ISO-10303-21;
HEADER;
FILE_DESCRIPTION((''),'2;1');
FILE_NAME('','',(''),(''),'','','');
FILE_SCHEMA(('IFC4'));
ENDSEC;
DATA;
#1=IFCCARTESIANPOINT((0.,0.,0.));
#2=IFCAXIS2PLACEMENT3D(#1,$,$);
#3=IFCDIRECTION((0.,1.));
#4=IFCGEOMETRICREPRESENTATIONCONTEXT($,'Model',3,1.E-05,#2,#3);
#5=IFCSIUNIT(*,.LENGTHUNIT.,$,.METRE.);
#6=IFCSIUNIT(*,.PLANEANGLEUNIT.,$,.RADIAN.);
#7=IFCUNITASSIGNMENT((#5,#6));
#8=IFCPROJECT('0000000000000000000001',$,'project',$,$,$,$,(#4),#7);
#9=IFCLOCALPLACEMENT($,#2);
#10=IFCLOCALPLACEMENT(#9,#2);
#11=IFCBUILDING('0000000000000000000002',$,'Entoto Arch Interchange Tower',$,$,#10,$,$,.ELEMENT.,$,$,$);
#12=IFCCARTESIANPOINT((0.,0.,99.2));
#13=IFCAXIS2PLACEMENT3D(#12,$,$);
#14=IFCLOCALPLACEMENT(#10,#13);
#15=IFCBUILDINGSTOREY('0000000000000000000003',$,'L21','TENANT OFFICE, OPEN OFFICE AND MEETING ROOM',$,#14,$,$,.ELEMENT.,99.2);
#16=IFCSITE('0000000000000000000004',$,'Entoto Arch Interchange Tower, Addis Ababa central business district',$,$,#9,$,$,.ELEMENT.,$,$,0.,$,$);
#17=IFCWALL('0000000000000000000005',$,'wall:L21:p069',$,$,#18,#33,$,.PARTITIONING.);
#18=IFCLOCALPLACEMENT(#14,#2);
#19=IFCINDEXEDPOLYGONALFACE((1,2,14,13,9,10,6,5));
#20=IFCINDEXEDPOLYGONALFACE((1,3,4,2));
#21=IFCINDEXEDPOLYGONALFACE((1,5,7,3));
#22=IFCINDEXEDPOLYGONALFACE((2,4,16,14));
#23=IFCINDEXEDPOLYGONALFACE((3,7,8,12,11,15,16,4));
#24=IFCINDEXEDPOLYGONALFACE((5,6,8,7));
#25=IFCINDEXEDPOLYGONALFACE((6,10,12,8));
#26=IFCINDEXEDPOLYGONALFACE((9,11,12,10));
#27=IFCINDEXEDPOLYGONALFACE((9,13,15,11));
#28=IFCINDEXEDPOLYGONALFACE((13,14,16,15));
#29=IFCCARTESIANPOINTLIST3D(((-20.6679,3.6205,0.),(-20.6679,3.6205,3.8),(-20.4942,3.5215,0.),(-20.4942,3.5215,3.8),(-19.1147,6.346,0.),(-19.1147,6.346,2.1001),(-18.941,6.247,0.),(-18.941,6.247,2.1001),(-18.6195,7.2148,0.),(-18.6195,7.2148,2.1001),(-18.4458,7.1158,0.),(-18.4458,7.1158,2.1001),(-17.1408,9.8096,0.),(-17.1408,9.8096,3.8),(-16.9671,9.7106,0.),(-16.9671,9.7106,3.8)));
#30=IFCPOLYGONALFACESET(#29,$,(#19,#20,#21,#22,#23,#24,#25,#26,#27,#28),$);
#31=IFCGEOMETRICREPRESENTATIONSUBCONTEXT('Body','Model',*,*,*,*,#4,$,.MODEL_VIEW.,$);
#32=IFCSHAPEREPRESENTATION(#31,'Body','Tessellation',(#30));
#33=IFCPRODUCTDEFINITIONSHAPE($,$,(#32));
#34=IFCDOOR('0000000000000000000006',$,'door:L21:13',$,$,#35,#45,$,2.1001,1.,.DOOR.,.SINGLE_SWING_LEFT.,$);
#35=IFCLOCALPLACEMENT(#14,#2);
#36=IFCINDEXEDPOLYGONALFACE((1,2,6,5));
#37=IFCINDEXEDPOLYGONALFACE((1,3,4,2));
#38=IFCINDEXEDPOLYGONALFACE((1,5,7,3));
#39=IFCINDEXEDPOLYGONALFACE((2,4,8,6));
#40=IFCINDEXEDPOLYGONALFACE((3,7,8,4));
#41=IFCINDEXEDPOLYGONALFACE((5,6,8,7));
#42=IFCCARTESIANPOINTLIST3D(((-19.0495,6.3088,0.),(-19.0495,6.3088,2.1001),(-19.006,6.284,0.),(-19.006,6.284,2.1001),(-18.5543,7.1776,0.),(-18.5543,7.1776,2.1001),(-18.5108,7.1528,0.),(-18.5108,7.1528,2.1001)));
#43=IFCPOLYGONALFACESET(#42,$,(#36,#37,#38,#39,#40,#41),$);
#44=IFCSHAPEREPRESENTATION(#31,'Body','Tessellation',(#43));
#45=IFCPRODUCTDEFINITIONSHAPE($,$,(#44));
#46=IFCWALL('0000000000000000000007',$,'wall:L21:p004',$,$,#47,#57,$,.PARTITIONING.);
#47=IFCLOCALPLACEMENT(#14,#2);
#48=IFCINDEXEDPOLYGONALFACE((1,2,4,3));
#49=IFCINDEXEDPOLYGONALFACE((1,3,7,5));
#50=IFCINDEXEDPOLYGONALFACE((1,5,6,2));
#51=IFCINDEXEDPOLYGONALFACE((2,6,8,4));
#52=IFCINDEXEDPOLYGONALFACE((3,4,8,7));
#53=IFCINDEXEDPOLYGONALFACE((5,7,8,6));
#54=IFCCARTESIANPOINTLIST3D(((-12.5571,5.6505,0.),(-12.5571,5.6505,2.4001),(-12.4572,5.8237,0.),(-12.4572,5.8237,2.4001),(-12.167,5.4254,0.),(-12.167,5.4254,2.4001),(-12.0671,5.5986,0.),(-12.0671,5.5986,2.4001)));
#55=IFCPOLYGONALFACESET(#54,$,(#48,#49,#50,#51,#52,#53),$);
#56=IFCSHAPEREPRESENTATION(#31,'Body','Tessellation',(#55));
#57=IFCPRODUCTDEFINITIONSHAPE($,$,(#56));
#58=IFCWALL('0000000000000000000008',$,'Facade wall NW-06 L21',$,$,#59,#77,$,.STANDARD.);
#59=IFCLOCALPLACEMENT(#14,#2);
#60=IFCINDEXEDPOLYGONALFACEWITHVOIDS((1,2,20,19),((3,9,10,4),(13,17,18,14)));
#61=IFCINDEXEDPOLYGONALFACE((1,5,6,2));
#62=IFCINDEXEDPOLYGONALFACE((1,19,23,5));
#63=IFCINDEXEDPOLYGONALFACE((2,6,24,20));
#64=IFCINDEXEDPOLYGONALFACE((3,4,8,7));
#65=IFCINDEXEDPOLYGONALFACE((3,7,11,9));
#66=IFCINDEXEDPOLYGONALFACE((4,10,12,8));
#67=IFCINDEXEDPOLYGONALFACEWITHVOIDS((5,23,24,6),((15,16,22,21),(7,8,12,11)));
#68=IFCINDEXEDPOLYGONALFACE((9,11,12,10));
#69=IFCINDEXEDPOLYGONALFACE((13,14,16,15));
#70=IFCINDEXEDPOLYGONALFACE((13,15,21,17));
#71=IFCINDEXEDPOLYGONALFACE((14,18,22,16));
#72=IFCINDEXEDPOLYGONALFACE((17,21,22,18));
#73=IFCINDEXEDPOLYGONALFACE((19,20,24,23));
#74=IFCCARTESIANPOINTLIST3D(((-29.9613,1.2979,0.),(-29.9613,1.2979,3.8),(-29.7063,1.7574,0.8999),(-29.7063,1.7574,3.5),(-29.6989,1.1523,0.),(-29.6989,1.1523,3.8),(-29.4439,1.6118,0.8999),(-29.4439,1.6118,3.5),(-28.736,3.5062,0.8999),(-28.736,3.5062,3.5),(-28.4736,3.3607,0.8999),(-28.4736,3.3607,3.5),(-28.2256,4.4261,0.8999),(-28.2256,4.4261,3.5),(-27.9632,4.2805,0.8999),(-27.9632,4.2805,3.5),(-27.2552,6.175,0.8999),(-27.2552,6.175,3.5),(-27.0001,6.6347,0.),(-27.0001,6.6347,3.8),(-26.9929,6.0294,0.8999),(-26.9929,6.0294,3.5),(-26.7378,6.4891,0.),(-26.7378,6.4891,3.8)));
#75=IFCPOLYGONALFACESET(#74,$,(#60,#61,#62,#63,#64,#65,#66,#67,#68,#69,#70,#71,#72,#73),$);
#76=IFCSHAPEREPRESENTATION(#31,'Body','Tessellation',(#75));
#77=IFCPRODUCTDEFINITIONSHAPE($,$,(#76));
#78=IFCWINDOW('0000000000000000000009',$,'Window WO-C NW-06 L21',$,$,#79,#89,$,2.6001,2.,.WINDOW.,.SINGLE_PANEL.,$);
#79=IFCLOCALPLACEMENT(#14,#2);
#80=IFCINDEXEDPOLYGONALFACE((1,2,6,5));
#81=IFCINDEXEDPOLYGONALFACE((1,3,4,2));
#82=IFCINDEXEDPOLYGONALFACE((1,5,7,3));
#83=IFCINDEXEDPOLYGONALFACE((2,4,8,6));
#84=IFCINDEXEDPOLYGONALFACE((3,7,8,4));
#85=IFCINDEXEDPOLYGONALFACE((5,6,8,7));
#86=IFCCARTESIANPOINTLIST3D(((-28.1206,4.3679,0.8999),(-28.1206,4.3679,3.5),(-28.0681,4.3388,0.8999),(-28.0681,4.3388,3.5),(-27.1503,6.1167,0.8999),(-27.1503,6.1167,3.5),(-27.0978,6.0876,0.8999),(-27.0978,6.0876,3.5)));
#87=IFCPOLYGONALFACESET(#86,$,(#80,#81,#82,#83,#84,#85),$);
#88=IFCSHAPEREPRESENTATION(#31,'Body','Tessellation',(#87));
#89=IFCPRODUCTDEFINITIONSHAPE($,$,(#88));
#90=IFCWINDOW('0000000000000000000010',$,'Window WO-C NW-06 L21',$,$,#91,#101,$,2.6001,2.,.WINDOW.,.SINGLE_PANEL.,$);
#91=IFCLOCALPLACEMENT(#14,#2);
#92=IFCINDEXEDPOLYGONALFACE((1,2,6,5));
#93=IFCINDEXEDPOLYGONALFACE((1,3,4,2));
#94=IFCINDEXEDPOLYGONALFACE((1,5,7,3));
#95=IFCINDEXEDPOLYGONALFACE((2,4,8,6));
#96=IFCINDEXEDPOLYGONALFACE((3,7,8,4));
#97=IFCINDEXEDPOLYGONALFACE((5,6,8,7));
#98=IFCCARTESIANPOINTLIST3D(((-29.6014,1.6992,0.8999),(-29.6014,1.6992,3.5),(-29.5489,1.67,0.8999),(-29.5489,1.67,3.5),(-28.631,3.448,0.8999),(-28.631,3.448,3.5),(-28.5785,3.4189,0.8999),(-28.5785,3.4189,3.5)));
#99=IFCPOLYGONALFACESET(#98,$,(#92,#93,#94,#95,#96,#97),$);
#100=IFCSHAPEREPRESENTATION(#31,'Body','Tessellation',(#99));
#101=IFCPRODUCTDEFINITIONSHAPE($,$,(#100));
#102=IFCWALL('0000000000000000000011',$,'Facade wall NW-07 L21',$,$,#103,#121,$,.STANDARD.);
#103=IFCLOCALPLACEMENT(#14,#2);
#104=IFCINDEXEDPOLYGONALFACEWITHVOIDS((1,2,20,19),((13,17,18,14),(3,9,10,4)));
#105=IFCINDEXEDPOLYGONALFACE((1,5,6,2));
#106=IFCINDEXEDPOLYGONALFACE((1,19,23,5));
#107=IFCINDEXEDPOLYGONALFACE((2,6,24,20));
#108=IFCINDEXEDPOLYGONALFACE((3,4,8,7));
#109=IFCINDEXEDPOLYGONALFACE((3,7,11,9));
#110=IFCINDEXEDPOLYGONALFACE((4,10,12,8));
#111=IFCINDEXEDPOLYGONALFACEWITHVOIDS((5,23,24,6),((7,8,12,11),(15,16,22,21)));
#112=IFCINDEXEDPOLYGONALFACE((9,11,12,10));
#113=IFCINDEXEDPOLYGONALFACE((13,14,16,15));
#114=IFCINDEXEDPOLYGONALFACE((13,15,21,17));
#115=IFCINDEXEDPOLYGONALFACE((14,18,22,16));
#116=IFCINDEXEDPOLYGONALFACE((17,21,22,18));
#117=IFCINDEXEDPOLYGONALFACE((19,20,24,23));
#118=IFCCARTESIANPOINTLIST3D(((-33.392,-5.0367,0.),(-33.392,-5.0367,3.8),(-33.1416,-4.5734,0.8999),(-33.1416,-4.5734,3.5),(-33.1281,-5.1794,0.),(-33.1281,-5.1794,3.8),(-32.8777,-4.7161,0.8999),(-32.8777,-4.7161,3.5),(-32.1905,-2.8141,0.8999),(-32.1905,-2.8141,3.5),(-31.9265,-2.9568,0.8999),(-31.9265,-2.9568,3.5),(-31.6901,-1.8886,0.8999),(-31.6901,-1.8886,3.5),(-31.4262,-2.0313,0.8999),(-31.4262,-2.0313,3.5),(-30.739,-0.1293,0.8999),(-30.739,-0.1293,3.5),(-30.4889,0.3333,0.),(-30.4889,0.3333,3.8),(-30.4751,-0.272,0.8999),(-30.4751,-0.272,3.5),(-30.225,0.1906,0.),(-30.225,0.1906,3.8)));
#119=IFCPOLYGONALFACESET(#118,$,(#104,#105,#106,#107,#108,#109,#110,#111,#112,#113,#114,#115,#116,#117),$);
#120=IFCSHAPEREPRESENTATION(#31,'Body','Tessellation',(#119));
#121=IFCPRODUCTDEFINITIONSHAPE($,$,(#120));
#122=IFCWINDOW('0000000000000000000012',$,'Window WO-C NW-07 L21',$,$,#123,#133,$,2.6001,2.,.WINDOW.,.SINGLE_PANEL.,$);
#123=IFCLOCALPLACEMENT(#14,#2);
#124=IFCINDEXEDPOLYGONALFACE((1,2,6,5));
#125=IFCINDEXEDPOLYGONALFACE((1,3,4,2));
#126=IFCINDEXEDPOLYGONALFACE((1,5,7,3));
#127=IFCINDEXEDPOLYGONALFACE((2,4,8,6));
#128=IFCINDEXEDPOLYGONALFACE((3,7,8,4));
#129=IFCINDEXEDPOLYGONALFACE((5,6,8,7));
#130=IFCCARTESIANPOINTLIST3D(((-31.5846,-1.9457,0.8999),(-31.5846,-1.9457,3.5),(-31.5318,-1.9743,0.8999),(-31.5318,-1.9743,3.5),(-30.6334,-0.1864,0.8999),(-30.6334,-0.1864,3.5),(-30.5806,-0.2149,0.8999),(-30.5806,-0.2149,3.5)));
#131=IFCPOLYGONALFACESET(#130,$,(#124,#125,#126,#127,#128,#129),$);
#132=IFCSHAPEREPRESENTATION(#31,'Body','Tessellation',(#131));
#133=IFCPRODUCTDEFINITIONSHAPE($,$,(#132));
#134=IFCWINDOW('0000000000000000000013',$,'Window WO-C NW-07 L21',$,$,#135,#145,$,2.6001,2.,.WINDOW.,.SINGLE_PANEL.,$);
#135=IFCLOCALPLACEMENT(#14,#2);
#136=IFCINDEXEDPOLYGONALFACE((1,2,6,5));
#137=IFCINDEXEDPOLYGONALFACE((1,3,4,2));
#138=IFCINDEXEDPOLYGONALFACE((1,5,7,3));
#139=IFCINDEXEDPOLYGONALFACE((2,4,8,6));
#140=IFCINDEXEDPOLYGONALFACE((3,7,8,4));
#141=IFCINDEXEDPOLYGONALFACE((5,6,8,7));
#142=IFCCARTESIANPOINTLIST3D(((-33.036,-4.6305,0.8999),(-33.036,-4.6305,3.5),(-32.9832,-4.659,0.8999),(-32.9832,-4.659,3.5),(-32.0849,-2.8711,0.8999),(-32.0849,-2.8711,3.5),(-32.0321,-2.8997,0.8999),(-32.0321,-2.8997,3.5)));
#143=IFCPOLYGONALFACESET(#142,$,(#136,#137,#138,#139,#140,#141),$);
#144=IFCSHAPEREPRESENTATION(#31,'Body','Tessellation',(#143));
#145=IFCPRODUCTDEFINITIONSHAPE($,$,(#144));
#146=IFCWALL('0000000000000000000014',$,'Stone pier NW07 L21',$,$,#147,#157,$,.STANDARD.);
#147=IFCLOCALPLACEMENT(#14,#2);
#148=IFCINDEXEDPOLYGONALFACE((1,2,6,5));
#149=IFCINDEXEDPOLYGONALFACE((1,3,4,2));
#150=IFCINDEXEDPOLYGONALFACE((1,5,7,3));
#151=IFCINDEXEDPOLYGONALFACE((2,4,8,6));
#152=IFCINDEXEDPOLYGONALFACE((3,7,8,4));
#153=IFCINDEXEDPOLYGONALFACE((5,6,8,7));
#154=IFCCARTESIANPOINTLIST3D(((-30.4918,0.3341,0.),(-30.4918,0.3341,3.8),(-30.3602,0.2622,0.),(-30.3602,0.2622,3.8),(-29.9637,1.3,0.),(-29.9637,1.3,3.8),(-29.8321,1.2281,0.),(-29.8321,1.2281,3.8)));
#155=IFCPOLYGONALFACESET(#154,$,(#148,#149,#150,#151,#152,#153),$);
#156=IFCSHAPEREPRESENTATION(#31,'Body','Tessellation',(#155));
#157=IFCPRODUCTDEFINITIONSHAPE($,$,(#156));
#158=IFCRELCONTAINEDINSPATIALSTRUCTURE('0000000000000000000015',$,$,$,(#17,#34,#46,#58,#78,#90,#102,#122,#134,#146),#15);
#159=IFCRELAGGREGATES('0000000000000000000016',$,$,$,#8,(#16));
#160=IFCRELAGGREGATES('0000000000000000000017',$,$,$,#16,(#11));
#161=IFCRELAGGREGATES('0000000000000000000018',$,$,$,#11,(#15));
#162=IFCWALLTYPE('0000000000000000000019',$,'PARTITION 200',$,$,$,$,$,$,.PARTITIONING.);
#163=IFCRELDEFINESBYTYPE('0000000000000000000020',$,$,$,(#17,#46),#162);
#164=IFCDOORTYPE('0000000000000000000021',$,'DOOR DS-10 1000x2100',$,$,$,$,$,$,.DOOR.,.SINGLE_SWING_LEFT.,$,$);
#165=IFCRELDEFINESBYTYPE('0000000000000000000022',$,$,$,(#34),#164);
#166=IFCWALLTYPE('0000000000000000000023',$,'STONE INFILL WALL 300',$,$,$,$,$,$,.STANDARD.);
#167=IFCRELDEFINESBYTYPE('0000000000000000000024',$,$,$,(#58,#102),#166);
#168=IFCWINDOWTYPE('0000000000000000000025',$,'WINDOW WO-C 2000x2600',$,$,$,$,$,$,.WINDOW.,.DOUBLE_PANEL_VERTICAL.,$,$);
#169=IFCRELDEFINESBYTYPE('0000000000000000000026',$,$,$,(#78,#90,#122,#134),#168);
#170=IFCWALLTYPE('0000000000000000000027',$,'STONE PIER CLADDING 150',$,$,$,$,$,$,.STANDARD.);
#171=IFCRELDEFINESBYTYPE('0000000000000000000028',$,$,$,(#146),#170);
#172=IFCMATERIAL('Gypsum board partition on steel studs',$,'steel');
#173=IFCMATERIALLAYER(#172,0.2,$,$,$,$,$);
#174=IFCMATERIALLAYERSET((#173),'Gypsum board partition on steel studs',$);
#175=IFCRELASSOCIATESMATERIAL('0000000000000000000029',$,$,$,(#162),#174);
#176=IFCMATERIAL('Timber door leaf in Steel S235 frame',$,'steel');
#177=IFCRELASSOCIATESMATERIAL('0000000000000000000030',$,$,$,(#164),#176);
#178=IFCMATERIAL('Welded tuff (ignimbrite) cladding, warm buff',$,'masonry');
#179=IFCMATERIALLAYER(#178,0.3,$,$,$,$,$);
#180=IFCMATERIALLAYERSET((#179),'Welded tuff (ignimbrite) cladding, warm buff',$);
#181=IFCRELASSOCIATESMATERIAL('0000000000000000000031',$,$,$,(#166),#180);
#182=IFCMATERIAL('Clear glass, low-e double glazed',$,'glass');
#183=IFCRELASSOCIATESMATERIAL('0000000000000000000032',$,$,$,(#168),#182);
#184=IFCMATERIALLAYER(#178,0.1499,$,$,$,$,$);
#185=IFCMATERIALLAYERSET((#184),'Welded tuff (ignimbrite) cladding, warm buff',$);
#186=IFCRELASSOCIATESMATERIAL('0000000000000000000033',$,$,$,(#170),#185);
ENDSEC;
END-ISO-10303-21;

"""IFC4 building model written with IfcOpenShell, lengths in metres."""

from ifc_helpers import new_model, si_unit, direction, frame, frame_2d, origin, place, context, subcontext, project, spatial, rectangle, extrude, material, layer, layer_set, type_object, element, fill, save


model = new_model("IFC4")

# Units and contexts
model_context = context("Model", 3, precision=1e-05, world=origin(), true_north=direction((0.0, 1.0)))
body_context = subcontext(model_context, "Body", "Model", "MODEL_VIEW")
ifc_project = project(units=[si_unit("LENGTHUNIT", "METRE"), si_unit("PLANEANGLEUNIT", "RADIAN")], contexts=[model_context])

# Site, building, storey
site_placement = place(None, origin())
site = spatial("IfcSite", under=ifc_project, at=site_placement, Name="Entoto Arch Interchange Tower, Addis Ababa central business district", CompositionType="ELEMENT", RefElevation=0.0)
building_placement = place(site_placement, origin())
building = spatial("IfcBuilding", under=site, at=building_placement, Name="Entoto Arch Interchange Tower", CompositionType="ELEMENT")
storey_placement = place(building_placement, frame((0.0, 0.0, 99.2)))
storey = spatial("IfcBuildingStorey", under=building, at=storey_placement, Name="L21", Description="TENANT OFFICE, OPEN OFFICE AND MEETING ROOM", CompositionType="ELEMENT", Elevation=99.2)

# Shared definitions
ifc_material_1 = material(Name="Gypsum board partition on steel studs", Category="steel")
ifc_layer_1 = layer(ifc_material_1, 0.2)
ifc_layer_set_1 = layer_set([ifc_layer_1], Name="Gypsum board partition on steel studs")
wall_type_1 = type_object("IfcWallType", Name="PARTITION 200", PredefinedType="PARTITIONING", material=ifc_layer_set_1)

# Shared definitions
ifc_material_2 = material(Name="Timber door leaf in Steel S235 frame", Category="steel")
door_type = type_object("IfcDoorType", Name="DOOR DS-10 1000x2100", OperationType="SINGLE_SWING_LEFT", PredefinedType="DOOR", material=ifc_material_2)

# Wall, opening, door
wall_1_placement = place(storey_placement, frame((-20.5811, 3.571, 0.0), z_axis=(0.0, 0.0, 1.0), x_axis=(0.495138, 0.868814, 0.0)))
wall_1 = element("IfcWall", 1, at=wall_1_placement, inside=storey, type_object=wall_type_1, Name="wall:L21:p069", PredefinedType="PARTITIONING", context=body_context, shape_type="SweptSolid", body=[
    extrude(rectangle(XDim=7.1235, YDim=0.2, at=frame_2d((3.5618, 0.0))), origin(), (0.0, 0.0, 1.0), 3.8),
])
opening_1_placement = place(wall_1_placement, frame((3.137, 0.0, 0.0)))
opening_1 = element("IfcOpeningElement", 2, at=opening_1_placement, cuts=wall_1, PredefinedType="OPENING", context=body_context, shape_type="SweptSolid", body=[
    extrude(rectangle(XDim=1.0, YDim=2.1001, at=frame_2d((0.5, 1.05))), frame((0.0, 0.1099, 0.0), z_axis=(0.0, -1.0, 0.0), x_axis=(1.0, 0.0, 0.0)), (0.0, 0.0, 1.0), 0.22),
])
door_1_placement = place(opening_1_placement, origin())
door_1 = element("IfcDoor", 3, at=door_1_placement, inside=storey, type_object=door_type, Name="door:L21:13", OperationType="SINGLE_SWING_LEFT", OverallHeight=2.1001, OverallWidth=1.0, PredefinedType="DOOR", context=body_context, shape_type="SweptSolid", body=[
    extrude(rectangle(XDim=1.0, YDim=2.1001, at=frame_2d((0.5, 1.05))), frame((0.0, 0.0249, 0.0), z_axis=(0.0, -1.0, 0.0), x_axis=(1.0, 0.0, 0.0)), (0.0, 0.0, 1.0), 0.05),
])
fill(opening_1, door_1)

# Wall
wall_2_placement = place(storey_placement, frame((-12.5071, 5.7371, 0.0), z_axis=(0.0, 0.0, 1.0), x_axis=(0.866168, -0.499754, 0.0)))
element("IfcWall", 4, at=wall_2_placement, inside=storey, type_object=wall_type_1, Name="wall:L21:p004", PredefinedType="PARTITIONING", context=body_context, shape_type="SweptSolid", body=[
    extrude(rectangle(XDim=0.4504, YDim=0.2, at=frame_2d((0.2251, 0.0))), origin(), (0.0, 0.0, 1.0), 2.4001),
])

# Walls, openings, windows
ifc_material_3 = material(Name="Welded tuff (ignimbrite) cladding, warm buff", Category="masonry")
ifc_layer_2 = layer(ifc_material_3, 0.3)
ifc_layer_set_2 = layer_set([ifc_layer_2], Name="Welded tuff (ignimbrite) cladding, warm buff")
wall_type_2 = type_object("IfcWallType", Name="STONE INFILL WALL 300", PredefinedType="STANDARD", material=ifc_layer_set_2)
wall_3_placement = place(storey_placement, frame((-26.8689, 6.562, 0.0), z_axis=(0.0, 0.0, 1.0), x_axis=(-0.485171, -0.874419, 0.0)))
wall_3 = element("IfcWall", 5, at=wall_3_placement, inside=storey, type_object=wall_type_2, Name="Facade wall NW-06 L21", PredefinedType="STANDARD", context=body_context, shape_type="SweptSolid", body=[
    extrude(rectangle(XDim=6.1033, YDim=0.3, at=frame_2d((3.0518, 0.0))), origin(), (0.0, 0.0, 1.0), 3.8),
])
opening_2_placement = place(wall_3_placement, frame((0.5259, 0.0, 0.8999)))
opening_2 = element("IfcOpeningElement", 6, at=opening_2_placement, cuts=wall_3, PredefinedType="OPENING", context=body_context, shape_type="SweptSolid", body=[
    extrude(rectangle(XDim=2.0, YDim=2.6001, at=frame_2d((1.0, 1.3))), frame((0.0, 0.1602, 0.0), z_axis=(0.0, -1.0, 0.0), x_axis=(1.0, 0.0, 0.0)), (0.0, 0.0, 1.0), 0.3201),
])
opening_3_placement = place(wall_3_placement, frame((3.5779, 0.0, 0.8999)))
opening_3 = element("IfcOpeningElement", 7, at=opening_3_placement, cuts=wall_3, PredefinedType="OPENING", context=body_context, shape_type="SweptSolid", body=[
    extrude(rectangle(XDim=2.0, YDim=2.6001, at=frame_2d((1.0, 1.3))), frame((0.0, 0.1602, 0.0), z_axis=(0.0, -1.0, 0.0), x_axis=(1.0, 0.0, 0.0)), (0.0, 0.0, 1.0), 0.3201),
])
ifc_material_4 = material(Name="Clear glass, low-e double glazed", Category="glass")
window_type = type_object("IfcWindowType", Name="WINDOW WO-C 2000x2600", PartitioningType="DOUBLE_PANEL_VERTICAL", PredefinedType="WINDOW", material=ifc_material_4)
window_1_placement = place(opening_2_placement, origin())
window_1 = element("IfcWindow", 8, at=window_1_placement, inside=storey, type_object=window_type, Name="Window WO-C NW-06 L21", OverallHeight=2.6001, OverallWidth=2.0, PartitioningType="SINGLE_PANEL", PredefinedType="WINDOW", context=body_context, shape_type="SweptSolid", body=[
    extrude(rectangle(XDim=2.0, YDim=2.6001, at=frame_2d((1.0, 1.3))), frame((0.0, 0.03, 0.0), z_axis=(0.0, -1.0, 0.0), x_axis=(1.0, 0.0, 0.0)), (0.0, 0.0, 1.0), 0.0601),
])
fill(opening_2, window_1)
window_2_placement = place(opening_3_placement, origin())
window_2 = element("IfcWindow", 9, at=window_2_placement, inside=storey, type_object=window_type, Name="Window WO-C NW-06 L21", OverallHeight=2.6001, OverallWidth=2.0, PartitioningType="SINGLE_PANEL", PredefinedType="WINDOW", context=body_context, shape_type="SweptSolid", body=[
    extrude(rectangle(XDim=2.0, YDim=2.6001, at=frame_2d((1.0, 1.3))), frame((0.0, 0.03, 0.0), z_axis=(0.0, -1.0, 0.0), x_axis=(1.0, 0.0, 0.0)), (0.0, 0.0, 1.0), 0.0601),
])
fill(opening_3, window_2)
wall_4_placement = place(storey_placement, frame((-30.3569, 0.262, 0.0), z_axis=(0.0, 0.0, 1.0), x_axis=(-0.475573, -0.879676, 0.0)))
wall_4 = element("IfcWall", 10, at=wall_4_placement, inside=storey, type_object=wall_type_2, Name="Facade wall NW-07 L21", PredefinedType="STANDARD", context=body_context, shape_type="SweptSolid", body=[
    extrude(rectangle(XDim=6.1045, YDim=0.3, at=frame_2d((3.0522, 0.0))), origin(), (0.0, 0.0, 1.0), 3.8),
])
opening_4_placement = place(wall_4_placement, frame((0.5259, 0.0, 0.8999)))
opening_4 = element("IfcOpeningElement", 11, at=opening_4_placement, cuts=wall_4, PredefinedType="OPENING", context=body_context, shape_type="SweptSolid", body=[
    extrude(rectangle(XDim=2.0, YDim=2.6001, at=frame_2d((1.0, 1.3))), frame((0.0, 0.1602, 0.0), z_axis=(0.0, -1.0, 0.0), x_axis=(1.0, 0.0, 0.0)), (0.0, 0.0, 1.0), 0.3201),
])
opening_5_placement = place(wall_4_placement, frame((3.5779, 0.0, 0.8999)))
opening_5 = element("IfcOpeningElement", 12, at=opening_5_placement, cuts=wall_4, PredefinedType="OPENING", context=body_context, shape_type="SweptSolid", body=[
    extrude(rectangle(XDim=2.0, YDim=2.6001, at=frame_2d((1.0, 1.3))), frame((0.0, 0.1602, 0.0), z_axis=(0.0, -1.0, 0.0), x_axis=(1.0, 0.0, 0.0)), (0.0, 0.0, 1.0), 0.3201),
])
window_3_placement = place(opening_4_placement, origin())
window_3 = element("IfcWindow", 13, at=window_3_placement, inside=storey, type_object=window_type, Name="Window WO-C NW-07 L21", OverallHeight=2.6001, OverallWidth=2.0, PartitioningType="SINGLE_PANEL", PredefinedType="WINDOW", context=body_context, shape_type="SweptSolid", body=[
    extrude(rectangle(XDim=2.0, YDim=2.6001, at=frame_2d((1.0, 1.3))), frame((0.0, 0.03, 0.0), z_axis=(0.0, -1.0, 0.0), x_axis=(1.0, 0.0, 0.0)), (0.0, 0.0, 1.0), 0.0601),
])
fill(opening_4, window_3)
window_4_placement = place(opening_5_placement, origin())
window_4 = element("IfcWindow", 14, at=window_4_placement, inside=storey, type_object=window_type, Name="Window WO-C NW-07 L21", OverallHeight=2.6001, OverallWidth=2.0, PartitioningType="SINGLE_PANEL", PredefinedType="WINDOW", context=body_context, shape_type="SweptSolid", body=[
    extrude(rectangle(XDim=2.0, YDim=2.6001, at=frame_2d((1.0, 1.3))), frame((0.0, 0.03, 0.0), z_axis=(0.0, -1.0, 0.0), x_axis=(1.0, 0.0, 0.0)), (0.0, 0.0, 1.0), 0.0601),
])
fill(opening_5, window_4)

# Wall
ifc_layer_3 = layer(ifc_material_3, 0.1499)
ifc_layer_set_3 = layer_set([ifc_layer_3], Name="Welded tuff (ignimbrite) cladding, warm buff")
wall_type_3 = type_object("IfcWallType", Name="STONE PIER CLADDING 150", PredefinedType="STANDARD", material=ifc_layer_set_3)
wall_5_placement = place(storey_placement, frame((-29.8979, 1.2639, 0.0), z_axis=(0.0, 0.0, 1.0), x_axis=(-0.479738, -0.877412, 0.0)))
element("IfcWall", 15, at=wall_5_placement, inside=storey, type_object=wall_type_3, Name="Stone pier NW07 L21", PredefinedType="STANDARD", context=body_context, shape_type="SweptSolid", body=[
    extrude(rectangle(XDim=1.1008, YDim=0.1499, at=frame_2d((0.5503, 0.0))), origin(), (0.0, 0.0, 1.0), 3.8),
])

save(model, "model.ifc")
